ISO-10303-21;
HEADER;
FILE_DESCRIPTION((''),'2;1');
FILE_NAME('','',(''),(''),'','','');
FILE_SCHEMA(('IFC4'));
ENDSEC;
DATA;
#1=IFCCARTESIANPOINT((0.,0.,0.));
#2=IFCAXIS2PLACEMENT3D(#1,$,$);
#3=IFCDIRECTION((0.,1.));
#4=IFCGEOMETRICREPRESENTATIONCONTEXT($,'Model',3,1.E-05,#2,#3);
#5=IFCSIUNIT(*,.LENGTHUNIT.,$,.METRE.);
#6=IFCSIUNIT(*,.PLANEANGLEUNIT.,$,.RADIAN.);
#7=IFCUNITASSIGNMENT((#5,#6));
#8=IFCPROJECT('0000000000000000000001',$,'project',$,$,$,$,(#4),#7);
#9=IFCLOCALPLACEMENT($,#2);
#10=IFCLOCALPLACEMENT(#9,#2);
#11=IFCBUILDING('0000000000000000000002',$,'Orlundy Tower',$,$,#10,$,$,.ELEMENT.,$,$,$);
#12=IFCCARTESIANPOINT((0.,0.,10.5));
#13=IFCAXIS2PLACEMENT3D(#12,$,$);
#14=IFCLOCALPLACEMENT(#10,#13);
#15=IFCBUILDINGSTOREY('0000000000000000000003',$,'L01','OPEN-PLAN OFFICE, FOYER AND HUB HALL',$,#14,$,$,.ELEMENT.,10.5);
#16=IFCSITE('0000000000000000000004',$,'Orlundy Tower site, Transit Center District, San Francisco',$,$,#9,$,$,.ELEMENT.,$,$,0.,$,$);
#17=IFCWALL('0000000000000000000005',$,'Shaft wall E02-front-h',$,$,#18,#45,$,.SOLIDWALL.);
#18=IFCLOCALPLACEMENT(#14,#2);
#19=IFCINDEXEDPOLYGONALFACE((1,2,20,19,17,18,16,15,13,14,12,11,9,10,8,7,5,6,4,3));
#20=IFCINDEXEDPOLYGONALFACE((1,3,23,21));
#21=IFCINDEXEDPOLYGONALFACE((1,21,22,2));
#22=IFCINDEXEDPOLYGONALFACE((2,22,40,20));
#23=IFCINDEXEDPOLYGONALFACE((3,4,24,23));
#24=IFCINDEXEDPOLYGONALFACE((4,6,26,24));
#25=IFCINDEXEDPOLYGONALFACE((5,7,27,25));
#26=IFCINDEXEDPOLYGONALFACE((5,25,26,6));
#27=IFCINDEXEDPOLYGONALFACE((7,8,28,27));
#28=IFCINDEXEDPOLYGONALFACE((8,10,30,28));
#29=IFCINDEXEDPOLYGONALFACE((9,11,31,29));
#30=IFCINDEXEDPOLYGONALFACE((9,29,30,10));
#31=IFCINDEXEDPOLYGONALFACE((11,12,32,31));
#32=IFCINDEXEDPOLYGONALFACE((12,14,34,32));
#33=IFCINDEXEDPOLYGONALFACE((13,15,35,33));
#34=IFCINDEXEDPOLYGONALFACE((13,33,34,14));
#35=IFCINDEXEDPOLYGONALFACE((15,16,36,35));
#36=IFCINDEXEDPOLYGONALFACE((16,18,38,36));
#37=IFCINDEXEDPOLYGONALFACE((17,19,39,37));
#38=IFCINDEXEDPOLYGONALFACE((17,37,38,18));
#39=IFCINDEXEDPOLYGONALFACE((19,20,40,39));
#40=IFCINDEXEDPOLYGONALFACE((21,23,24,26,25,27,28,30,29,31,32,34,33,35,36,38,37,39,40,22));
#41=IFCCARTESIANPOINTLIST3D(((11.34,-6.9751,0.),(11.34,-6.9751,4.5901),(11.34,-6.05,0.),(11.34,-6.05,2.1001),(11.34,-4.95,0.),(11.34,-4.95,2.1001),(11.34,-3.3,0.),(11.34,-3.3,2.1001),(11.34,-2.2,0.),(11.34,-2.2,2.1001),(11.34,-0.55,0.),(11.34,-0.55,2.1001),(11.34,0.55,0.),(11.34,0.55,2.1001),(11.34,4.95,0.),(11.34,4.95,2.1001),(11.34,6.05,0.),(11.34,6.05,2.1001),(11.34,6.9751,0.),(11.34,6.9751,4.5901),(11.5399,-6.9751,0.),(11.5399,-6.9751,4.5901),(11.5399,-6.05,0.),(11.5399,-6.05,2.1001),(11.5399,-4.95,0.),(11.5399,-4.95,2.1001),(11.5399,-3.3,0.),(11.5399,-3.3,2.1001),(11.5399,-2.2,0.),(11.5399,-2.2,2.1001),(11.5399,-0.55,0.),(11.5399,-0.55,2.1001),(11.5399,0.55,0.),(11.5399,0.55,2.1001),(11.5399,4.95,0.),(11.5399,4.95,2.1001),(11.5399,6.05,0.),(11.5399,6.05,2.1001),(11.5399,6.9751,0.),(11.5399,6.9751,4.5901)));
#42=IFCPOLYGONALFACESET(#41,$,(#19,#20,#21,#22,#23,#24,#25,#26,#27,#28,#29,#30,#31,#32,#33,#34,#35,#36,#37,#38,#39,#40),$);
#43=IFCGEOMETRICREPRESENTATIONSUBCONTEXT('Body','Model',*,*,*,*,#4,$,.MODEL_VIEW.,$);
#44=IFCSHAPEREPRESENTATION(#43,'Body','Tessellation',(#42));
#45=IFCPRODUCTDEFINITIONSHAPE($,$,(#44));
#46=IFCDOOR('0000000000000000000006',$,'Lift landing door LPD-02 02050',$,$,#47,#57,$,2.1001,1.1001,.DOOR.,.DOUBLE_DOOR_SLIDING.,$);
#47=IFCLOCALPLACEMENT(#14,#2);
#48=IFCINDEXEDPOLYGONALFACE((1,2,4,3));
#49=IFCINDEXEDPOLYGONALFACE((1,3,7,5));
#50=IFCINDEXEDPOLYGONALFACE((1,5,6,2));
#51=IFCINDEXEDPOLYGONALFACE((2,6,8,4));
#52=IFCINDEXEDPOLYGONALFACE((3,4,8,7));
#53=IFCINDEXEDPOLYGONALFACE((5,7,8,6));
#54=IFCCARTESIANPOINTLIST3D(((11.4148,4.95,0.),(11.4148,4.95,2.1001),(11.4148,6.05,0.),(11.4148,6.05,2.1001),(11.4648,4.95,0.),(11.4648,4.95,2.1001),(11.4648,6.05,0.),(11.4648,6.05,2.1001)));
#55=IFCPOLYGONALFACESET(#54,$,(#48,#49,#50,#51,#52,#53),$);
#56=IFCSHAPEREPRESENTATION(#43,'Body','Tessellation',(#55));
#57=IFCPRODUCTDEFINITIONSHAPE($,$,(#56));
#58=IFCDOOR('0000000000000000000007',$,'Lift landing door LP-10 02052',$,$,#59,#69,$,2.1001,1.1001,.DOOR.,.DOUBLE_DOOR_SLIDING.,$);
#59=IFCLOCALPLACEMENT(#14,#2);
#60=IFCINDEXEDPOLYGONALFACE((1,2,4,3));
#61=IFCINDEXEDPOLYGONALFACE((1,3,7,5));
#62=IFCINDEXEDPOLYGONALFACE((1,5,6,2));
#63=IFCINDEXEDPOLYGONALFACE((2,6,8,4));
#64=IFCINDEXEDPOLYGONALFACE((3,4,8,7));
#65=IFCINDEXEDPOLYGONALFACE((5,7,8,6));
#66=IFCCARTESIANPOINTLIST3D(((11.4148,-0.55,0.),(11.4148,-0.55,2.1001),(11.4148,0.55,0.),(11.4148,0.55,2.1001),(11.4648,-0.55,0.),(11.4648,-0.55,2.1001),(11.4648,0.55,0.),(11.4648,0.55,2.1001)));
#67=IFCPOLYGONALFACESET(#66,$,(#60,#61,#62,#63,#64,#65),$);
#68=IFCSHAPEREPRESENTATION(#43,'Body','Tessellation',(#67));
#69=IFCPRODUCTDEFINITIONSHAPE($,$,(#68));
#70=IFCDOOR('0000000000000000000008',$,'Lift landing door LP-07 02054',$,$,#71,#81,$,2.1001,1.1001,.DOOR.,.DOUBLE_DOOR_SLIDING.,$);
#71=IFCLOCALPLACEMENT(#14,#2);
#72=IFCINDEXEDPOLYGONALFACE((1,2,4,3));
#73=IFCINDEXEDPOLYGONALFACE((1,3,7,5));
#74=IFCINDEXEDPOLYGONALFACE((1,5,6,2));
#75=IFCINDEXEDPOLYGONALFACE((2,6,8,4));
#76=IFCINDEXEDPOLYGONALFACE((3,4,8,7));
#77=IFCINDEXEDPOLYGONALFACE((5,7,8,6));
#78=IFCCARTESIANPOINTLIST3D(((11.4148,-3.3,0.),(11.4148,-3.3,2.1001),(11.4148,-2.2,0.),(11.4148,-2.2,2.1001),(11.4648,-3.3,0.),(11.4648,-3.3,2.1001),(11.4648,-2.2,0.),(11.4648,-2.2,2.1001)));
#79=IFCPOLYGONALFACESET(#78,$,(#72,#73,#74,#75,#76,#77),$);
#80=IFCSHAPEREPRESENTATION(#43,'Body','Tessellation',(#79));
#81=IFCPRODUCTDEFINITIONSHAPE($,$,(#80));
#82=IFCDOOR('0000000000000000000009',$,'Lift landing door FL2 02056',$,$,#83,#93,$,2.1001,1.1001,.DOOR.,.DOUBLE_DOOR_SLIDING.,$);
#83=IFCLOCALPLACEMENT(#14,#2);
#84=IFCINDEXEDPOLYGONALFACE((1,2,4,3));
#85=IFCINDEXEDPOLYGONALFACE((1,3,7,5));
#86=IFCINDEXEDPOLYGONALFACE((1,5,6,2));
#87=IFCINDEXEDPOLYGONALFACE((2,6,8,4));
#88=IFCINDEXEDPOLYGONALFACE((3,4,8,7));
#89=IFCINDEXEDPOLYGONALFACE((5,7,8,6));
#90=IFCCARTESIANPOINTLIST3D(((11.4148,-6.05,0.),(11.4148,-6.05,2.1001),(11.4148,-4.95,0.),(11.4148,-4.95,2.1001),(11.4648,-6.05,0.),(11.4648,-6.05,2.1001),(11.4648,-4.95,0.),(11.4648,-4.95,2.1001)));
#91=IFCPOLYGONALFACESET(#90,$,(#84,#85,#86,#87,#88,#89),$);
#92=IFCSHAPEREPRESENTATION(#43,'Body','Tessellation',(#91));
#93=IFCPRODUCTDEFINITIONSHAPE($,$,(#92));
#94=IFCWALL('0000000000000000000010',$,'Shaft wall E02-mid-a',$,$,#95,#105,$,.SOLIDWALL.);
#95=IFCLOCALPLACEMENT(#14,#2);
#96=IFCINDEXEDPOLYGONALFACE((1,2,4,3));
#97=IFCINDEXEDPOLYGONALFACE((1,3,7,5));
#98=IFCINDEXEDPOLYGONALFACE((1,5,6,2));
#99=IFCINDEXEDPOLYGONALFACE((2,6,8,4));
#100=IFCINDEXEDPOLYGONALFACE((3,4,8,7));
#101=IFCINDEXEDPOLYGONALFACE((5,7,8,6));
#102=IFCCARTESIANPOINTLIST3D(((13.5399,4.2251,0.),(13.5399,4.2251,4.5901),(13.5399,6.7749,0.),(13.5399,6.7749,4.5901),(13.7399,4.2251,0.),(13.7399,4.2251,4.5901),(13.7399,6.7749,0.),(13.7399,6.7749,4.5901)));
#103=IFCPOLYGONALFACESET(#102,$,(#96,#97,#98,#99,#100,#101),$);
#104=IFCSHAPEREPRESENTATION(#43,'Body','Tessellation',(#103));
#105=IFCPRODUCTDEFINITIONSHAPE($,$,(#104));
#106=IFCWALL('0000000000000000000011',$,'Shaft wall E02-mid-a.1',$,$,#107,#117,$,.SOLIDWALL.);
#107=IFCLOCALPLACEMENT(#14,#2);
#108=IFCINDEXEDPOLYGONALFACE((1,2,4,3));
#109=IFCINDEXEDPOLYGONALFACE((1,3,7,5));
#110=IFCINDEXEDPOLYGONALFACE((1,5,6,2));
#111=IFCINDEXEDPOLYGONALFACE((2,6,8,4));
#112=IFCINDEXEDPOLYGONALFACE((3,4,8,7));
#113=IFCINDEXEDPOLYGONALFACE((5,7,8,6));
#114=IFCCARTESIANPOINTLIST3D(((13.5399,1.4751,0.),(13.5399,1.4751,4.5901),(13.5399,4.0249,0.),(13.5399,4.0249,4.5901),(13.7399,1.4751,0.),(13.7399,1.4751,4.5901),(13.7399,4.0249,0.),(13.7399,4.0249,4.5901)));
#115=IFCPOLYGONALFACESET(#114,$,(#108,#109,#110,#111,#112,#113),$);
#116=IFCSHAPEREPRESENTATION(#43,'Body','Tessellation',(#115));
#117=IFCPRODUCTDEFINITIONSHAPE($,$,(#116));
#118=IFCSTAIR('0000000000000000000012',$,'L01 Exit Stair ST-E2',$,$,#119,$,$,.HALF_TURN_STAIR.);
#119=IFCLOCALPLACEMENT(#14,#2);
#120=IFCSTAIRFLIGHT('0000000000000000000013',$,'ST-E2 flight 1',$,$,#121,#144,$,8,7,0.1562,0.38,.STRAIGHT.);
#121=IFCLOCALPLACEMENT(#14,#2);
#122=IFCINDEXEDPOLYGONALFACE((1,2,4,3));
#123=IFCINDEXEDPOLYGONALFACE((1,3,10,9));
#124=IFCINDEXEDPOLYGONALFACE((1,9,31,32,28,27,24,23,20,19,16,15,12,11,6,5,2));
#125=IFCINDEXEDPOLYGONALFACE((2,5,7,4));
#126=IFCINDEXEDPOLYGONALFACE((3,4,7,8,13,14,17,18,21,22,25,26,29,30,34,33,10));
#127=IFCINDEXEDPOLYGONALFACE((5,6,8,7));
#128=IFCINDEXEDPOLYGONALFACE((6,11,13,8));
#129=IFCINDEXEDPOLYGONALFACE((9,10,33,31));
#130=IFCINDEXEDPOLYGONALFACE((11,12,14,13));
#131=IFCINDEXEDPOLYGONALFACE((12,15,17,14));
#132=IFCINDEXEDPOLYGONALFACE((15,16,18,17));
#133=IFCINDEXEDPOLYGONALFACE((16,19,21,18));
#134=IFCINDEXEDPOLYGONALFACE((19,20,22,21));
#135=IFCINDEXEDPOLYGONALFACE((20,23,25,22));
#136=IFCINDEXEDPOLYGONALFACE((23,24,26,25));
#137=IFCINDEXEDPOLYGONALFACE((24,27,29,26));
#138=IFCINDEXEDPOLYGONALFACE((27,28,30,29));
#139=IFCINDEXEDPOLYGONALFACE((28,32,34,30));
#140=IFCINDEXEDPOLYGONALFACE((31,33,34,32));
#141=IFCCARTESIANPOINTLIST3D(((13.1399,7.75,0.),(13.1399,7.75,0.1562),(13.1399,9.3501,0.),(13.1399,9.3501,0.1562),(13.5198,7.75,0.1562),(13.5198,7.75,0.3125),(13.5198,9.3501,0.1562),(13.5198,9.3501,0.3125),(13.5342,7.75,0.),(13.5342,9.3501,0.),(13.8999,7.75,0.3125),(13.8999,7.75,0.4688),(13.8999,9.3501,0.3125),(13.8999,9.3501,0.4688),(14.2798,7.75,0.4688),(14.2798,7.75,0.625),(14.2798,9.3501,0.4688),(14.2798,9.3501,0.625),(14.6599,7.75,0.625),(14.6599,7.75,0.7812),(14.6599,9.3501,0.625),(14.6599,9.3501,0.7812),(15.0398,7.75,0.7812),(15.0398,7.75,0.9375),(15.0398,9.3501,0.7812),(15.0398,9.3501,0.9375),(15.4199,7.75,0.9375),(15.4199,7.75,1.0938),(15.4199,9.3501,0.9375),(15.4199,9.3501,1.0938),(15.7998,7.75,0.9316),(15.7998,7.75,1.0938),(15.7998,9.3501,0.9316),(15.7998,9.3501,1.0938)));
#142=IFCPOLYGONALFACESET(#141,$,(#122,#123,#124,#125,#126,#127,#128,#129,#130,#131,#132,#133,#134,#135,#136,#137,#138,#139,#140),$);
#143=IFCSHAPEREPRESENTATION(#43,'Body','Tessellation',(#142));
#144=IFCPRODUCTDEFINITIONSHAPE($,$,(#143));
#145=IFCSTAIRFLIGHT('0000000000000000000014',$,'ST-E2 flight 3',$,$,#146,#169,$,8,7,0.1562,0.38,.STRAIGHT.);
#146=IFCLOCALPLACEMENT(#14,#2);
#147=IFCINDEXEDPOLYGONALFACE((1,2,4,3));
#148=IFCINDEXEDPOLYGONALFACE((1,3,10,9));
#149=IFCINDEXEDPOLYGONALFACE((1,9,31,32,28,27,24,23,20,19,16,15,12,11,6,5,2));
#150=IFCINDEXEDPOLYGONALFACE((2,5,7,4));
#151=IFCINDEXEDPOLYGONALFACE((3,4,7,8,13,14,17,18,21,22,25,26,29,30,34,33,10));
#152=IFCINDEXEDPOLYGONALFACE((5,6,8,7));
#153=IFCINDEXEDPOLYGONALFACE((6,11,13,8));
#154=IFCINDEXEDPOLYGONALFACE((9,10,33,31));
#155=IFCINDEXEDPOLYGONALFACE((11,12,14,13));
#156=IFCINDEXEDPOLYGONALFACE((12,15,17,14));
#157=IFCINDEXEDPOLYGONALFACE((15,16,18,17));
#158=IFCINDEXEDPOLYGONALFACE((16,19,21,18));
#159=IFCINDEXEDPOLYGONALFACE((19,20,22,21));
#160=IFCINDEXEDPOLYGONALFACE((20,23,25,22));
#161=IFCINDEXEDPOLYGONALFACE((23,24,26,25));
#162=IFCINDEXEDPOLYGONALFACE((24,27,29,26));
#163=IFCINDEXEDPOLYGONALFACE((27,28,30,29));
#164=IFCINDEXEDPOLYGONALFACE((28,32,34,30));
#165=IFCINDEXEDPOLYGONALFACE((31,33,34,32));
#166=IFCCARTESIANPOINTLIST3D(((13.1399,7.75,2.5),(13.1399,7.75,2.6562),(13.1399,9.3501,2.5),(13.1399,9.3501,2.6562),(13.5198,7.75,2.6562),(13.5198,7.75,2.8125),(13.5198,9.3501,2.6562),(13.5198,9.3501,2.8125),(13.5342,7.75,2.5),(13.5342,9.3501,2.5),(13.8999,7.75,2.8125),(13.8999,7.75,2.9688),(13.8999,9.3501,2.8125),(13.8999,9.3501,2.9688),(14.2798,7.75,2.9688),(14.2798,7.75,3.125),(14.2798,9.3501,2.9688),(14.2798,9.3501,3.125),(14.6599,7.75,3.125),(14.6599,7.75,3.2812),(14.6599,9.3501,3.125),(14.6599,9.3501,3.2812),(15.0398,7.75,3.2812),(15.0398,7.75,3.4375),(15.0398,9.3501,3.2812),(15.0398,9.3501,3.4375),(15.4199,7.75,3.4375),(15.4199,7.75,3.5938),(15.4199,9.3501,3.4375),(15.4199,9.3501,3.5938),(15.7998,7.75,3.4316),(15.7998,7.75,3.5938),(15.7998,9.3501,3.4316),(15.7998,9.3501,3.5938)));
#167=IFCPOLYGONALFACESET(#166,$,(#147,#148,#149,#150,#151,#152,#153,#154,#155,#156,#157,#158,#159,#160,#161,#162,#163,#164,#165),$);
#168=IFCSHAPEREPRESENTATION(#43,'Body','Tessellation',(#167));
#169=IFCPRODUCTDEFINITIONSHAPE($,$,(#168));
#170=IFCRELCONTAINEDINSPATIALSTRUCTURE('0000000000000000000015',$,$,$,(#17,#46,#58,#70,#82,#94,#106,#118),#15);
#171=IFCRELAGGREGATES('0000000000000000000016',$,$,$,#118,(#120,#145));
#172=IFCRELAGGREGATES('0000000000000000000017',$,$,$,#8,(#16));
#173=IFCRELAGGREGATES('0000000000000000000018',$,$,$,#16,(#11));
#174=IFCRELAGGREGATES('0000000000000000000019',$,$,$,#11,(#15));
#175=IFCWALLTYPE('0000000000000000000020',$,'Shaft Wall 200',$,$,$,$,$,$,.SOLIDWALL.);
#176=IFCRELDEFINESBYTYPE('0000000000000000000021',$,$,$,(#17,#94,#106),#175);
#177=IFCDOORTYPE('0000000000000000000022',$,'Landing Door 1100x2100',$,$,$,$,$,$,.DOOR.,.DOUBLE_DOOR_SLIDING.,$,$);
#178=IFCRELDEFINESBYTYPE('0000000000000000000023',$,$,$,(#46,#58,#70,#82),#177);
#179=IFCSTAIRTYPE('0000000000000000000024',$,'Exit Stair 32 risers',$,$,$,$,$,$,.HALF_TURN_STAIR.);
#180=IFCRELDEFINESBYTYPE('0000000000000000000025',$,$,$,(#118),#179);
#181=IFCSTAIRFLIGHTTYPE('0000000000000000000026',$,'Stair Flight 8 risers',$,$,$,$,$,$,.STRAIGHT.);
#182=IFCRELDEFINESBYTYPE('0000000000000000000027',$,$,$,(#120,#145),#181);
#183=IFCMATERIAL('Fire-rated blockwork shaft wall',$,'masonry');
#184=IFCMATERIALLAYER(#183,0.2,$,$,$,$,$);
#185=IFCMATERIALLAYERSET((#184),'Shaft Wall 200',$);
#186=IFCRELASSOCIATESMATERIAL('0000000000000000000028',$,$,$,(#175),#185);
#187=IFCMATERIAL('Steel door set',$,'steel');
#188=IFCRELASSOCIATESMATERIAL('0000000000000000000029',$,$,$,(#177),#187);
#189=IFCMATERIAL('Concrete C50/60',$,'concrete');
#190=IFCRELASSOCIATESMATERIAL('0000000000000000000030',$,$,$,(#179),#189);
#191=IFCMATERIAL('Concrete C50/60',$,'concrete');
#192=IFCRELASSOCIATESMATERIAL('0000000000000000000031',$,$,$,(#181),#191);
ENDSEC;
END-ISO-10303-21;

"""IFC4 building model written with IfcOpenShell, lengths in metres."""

from ifc_helpers import new_model, si_unit, direction, frame, frame_2d, origin, place, context, subcontext, project, spatial, polyline, rectangle, outline, extrude, material, layer, layer_set, type_object, element, fill, aggregate, save


model = new_model("IFC4")

# Units and contexts
model_context = context("Model", 3, precision=1e-05, world=origin(), true_north=direction((0.0, 1.0)))
body_context = subcontext(model_context, "Body", "Model", "MODEL_VIEW")
ifc_project = project(units=[si_unit("LENGTHUNIT", "METRE"), si_unit("PLANEANGLEUNIT", "RADIAN")], contexts=[model_context])

# Site, building, storey
site_placement = place(None, origin())
site = spatial("IfcSite", under=ifc_project, at=site_placement, Name="Orlundy Tower site, Transit Center District, San Francisco", CompositionType="ELEMENT", RefElevation=0.0)
building_placement = place(site_placement, origin())
building = spatial("IfcBuilding", under=site, at=building_placement, Name="Orlundy Tower", CompositionType="ELEMENT")
storey_placement = place(building_placement, frame((0.0, 0.0, 10.5)))
storey = spatial("IfcBuildingStorey", under=building, at=storey_placement, Name="L01", Description="OPEN-PLAN OFFICE, FOYER AND HUB HALL", CompositionType="ELEMENT", Elevation=10.5)

# Shared definitions
ifc_material_1 = material(Name="Fire-rated blockwork shaft wall", Category="masonry")
ifc_layer_1 = layer(ifc_material_1, 0.2)
ifc_layer_set_1 = layer_set([ifc_layer_1], Name="Shaft Wall 200")
wall_type_1 = type_object("IfcWallType", Name="Shaft Wall 200", PredefinedType="SOLIDWALL", material=ifc_layer_set_1)

# Wall, openings, doors
wall_1_placement = place(storey_placement, frame((11.4399, 6.9751, 0.0), z_axis=(0.0, 0.0, 1.0), x_axis=(0.0, -1.0, 0.0)))
wall_1 = element("IfcWall", 1, at=wall_1_placement, inside=storey, type_object=wall_type_1, Name="Shaft wall E02-front-h", PredefinedType="SOLIDWALL", context=body_context, shape_type="SweptSolid", body=[
    extrude(rectangle(XDim=13.9502, YDim=0.2, at=frame_2d((6.9751, 0.0))), origin(), (0.0, 0.0, 1.0), 4.5901),
])
opening_1_placement = place(wall_1_placement, frame((0.925, 0.0, 0.0)))
opening_1 = element("IfcOpeningElement", 2, at=opening_1_placement, cuts=wall_1, PredefinedType="OPENING", context=body_context, shape_type="SweptSolid", body=[
    extrude(rectangle(XDim=1.1001, YDim=2.1001, at=frame_2d((0.55, 1.05))), frame((0.0, 0.1101, 0.0), z_axis=(0.0, -1.0, 0.0), x_axis=(1.0, 0.0, 0.0)), (0.0, 0.0, 1.0), 0.2202),
])
opening_2_placement = place(wall_1_placement, frame((6.425, 0.0, 0.0)))
opening_2 = element("IfcOpeningElement", 3, at=opening_2_placement, cuts=wall_1, PredefinedType="OPENING", context=body_context, shape_type="SweptSolid", body=[
    extrude(rectangle(XDim=1.1001, YDim=2.1001, at=frame_2d((0.55, 1.05))), frame((0.0, 0.1101, 0.0), z_axis=(0.0, -1.0, 0.0), x_axis=(1.0, 0.0, 0.0)), (0.0, 0.0, 1.0), 0.2202),
])
opening_3_placement = place(wall_1_placement, frame((9.175, 0.0, 0.0)))
opening_3 = element("IfcOpeningElement", 4, at=opening_3_placement, cuts=wall_1, PredefinedType="OPENING", context=body_context, shape_type="SweptSolid", body=[
    extrude(rectangle(XDim=1.1001, YDim=2.1001, at=frame_2d((0.55, 1.05))), frame((0.0, 0.1101, 0.0), z_axis=(0.0, -1.0, 0.0), x_axis=(1.0, 0.0, 0.0)), (0.0, 0.0, 1.0), 0.2202),
])
opening_4_placement = place(wall_1_placement, frame((11.925, 0.0, 0.0)))
opening_4 = element("IfcOpeningElement", 5, at=opening_4_placement, cuts=wall_1, PredefinedType="OPENING", context=body_context, shape_type="SweptSolid", body=[
    extrude(rectangle(XDim=1.1001, YDim=2.1001, at=frame_2d((0.55, 1.05))), frame((0.0, 0.1101, 0.0), z_axis=(0.0, -1.0, 0.0), x_axis=(1.0, 0.0, 0.0)), (0.0, 0.0, 1.0), 0.2202),
])
ifc_material_2 = material(Name="Steel door set", Category="steel")
door_type_1 = type_object("IfcDoorType", Name="Landing Door 1100x2100", OperationType="DOUBLE_DOOR_SLIDING", PredefinedType="DOOR", material=ifc_material_2)
door_1_placement = place(opening_1_placement, origin())
door_1 = element("IfcDoor", 6, at=door_1_placement, inside=storey, type_object=door_type_1, Name="Lift landing door LPD-02 02050", OperationType="DOUBLE_DOOR_SLIDING", OverallHeight=2.1001, OverallWidth=1.1001, PredefinedType="DOOR", context=body_context, shape_type="SweptSolid", body=[
    extrude(rectangle(XDim=1.1001, YDim=2.1001, at=frame_2d((0.55, 1.05))), frame((0.0, 0.0249, 0.0), z_axis=(0.0, -1.0, 0.0), x_axis=(1.0, 0.0, 0.0)), (0.0, 0.0, 1.0), 0.05),
])
fill(opening_1, door_1)
door_2_placement = place(opening_2_placement, origin())
door_2 = element("IfcDoor", 7, at=door_2_placement, inside=storey, type_object=door_type_1, Name="Lift landing door LP-10 02052", OperationType="DOUBLE_DOOR_SLIDING", OverallHeight=2.1001, OverallWidth=1.1001, PredefinedType="DOOR", context=body_context, shape_type="SweptSolid", body=[
    extrude(rectangle(XDim=1.1001, YDim=2.1001, at=frame_2d((0.55, 1.05))), frame((0.0, 0.0249, 0.0), z_axis=(0.0, -1.0, 0.0), x_axis=(1.0, 0.0, 0.0)), (0.0, 0.0, 1.0), 0.05),
])
fill(opening_2, door_2)
door_3_placement = place(opening_3_placement, origin())
door_3 = element("IfcDoor", 8, at=door_3_placement, inside=storey, type_object=door_type_1, Name="Lift landing door LP-07 02054", OperationType="DOUBLE_DOOR_SLIDING", OverallHeight=2.1001, OverallWidth=1.1001, PredefinedType="DOOR", context=body_context, shape_type="SweptSolid", body=[
    extrude(rectangle(XDim=1.1001, YDim=2.1001, at=frame_2d((0.55, 1.05))), frame((0.0, 0.0249, 0.0), z_axis=(0.0, -1.0, 0.0), x_axis=(1.0, 0.0, 0.0)), (0.0, 0.0, 1.0), 0.05),
])
fill(opening_3, door_3)
door_4_placement = place(opening_4_placement, origin())
door_4 = element("IfcDoor", 9, at=door_4_placement, inside=storey, type_object=door_type_1, Name="Lift landing door FL2 02056", OperationType="DOUBLE_DOOR_SLIDING", OverallHeight=2.1001, OverallWidth=1.1001, PredefinedType="DOOR", context=body_context, shape_type="SweptSolid", body=[
    extrude(rectangle(XDim=1.1001, YDim=2.1001, at=frame_2d((0.55, 1.05))), frame((0.0, 0.0249, 0.0), z_axis=(0.0, -1.0, 0.0), x_axis=(1.0, 0.0, 0.0)), (0.0, 0.0, 1.0), 0.05),
])
fill(opening_4, door_4)

# Walls
for number, where, z_axis, x_axis, name in (
    (10, (13.6399, 6.7749, 0.0), (0.0, 0.0, 1.0), (0.0, -1.0, 0.0), "Shaft wall E02-mid-a"),
    (11, (13.6399, 4.0249, 0.0), (0.0, 0.0, 1.0), (0.0, -1.0, 0.0), "Shaft wall E02-mid-a.1"),
):
    element("IfcWall", number, at=place(storey_placement, frame(where, z_axis=z_axis, x_axis=x_axis)), inside=storey, type_object=wall_type_1, Name=name, PredefinedType="SOLIDWALL", context=body_context, shape_type="SweptSolid", body=[
        extrude(rectangle(XDim=2.5498, YDim=0.2, at=frame_2d((1.2749, 0.0))), origin(), (0.0, 0.0, 1.0), 4.5901),
    ])

# Stair, stair flights
ifc_material_3 = material(Name="Concrete C50/60", Category="concrete")
stair_type = type_object("IfcStairType", Name="Exit Stair 32 risers", PredefinedType="HALF_TURN_STAIR", material=ifc_material_3)
stair_placement = place(storey_placement, origin())
stair = element("IfcStair", 12, at=stair_placement, inside=storey, type_object=stair_type, Name="L01 Exit Stair ST-E2", PredefinedType="HALF_TURN_STAIR")
ifc_material_4 = material(Name="Concrete C50/60", Category="concrete")
stair_flight_type = type_object("IfcStairFlightType", Name="Stair Flight 8 risers", PredefinedType="STRAIGHT", material=ifc_material_4)
stair_flight_1_placement = place(storey_placement, frame((13.1399, 8.55, 0.0), z_axis=(0.0, 0.0, 1.0), x_axis=(1.0, 0.0, 0.0)))
stair_flight_1 = element("IfcStairFlight", 13, at=stair_flight_1_placement, type_object=stair_flight_type, Name="ST-E2 flight 1", NumberOfRisers=8, NumberOfTreads=7, PredefinedType="STRAIGHT", RiserHeight=0.1562, TreadLength=0.38, context=body_context, shape_type="SweptSolid", body=[
    extrude(outline(polyline([(0.0, 0.0), (0.0, 0.1562), (0.3799, 0.1562), (0.3799, 0.3125), (0.76, 0.3125), (0.76, 0.4688), (1.1399, 0.4688), (1.1399, 0.625), (1.52, 0.625), (1.52, 0.7812), (1.8999, 0.7812), (1.8999, 0.9375), (2.28, 0.9375), (2.28, 1.0938), (2.6599, 1.0938), (2.6599, 1.25), (2.6599, 0.9316), (0.3943, 0.0), (0.0, 0.0)])), frame((0.0, 0.8, 0.0), z_axis=(0.0, -1.0, 0.0), x_axis=(1.0, 0.0, 0.0)), (0.0, 0.0, 1.0), 1.6001),
])
stair_flight_2_placement = place(storey_placement, frame((13.1399, 8.55, 2.5), z_axis=(0.0, 0.0, 1.0), x_axis=(1.0, 0.0, 0.0)))
stair_flight_2 = element("IfcStairFlight", 14, at=stair_flight_2_placement, type_object=stair_flight_type, Name="ST-E2 flight 3", NumberOfRisers=8, NumberOfTreads=7, PredefinedType="STRAIGHT", RiserHeight=0.1562, TreadLength=0.38, context=body_context, shape_type="SweptSolid", body=[
    extrude(outline(polyline([(0.0, 0.0), (0.0, 0.1562), (0.3799, 0.1562), (0.3799, 0.3125), (0.76, 0.3125), (0.76, 0.4688), (1.1399, 0.4688), (1.1399, 0.625), (1.52, 0.625), (1.52, 0.7812), (1.8999, 0.7812), (1.8999, 0.9375), (2.28, 0.9375), (2.28, 1.0938), (2.6599, 1.0938), (2.6599, 1.25), (2.6599, 0.9316), (0.3943, 0.0), (0.0, 0.0)])), frame((0.0, 0.8, 0.0), z_axis=(0.0, -1.0, 0.0), x_axis=(1.0, 0.0, 0.0)), (0.0, 0.0, 1.0), 1.6001),
])
aggregate(stair, [stair_flight_1, stair_flight_2])

save(model, "model.ifc")
